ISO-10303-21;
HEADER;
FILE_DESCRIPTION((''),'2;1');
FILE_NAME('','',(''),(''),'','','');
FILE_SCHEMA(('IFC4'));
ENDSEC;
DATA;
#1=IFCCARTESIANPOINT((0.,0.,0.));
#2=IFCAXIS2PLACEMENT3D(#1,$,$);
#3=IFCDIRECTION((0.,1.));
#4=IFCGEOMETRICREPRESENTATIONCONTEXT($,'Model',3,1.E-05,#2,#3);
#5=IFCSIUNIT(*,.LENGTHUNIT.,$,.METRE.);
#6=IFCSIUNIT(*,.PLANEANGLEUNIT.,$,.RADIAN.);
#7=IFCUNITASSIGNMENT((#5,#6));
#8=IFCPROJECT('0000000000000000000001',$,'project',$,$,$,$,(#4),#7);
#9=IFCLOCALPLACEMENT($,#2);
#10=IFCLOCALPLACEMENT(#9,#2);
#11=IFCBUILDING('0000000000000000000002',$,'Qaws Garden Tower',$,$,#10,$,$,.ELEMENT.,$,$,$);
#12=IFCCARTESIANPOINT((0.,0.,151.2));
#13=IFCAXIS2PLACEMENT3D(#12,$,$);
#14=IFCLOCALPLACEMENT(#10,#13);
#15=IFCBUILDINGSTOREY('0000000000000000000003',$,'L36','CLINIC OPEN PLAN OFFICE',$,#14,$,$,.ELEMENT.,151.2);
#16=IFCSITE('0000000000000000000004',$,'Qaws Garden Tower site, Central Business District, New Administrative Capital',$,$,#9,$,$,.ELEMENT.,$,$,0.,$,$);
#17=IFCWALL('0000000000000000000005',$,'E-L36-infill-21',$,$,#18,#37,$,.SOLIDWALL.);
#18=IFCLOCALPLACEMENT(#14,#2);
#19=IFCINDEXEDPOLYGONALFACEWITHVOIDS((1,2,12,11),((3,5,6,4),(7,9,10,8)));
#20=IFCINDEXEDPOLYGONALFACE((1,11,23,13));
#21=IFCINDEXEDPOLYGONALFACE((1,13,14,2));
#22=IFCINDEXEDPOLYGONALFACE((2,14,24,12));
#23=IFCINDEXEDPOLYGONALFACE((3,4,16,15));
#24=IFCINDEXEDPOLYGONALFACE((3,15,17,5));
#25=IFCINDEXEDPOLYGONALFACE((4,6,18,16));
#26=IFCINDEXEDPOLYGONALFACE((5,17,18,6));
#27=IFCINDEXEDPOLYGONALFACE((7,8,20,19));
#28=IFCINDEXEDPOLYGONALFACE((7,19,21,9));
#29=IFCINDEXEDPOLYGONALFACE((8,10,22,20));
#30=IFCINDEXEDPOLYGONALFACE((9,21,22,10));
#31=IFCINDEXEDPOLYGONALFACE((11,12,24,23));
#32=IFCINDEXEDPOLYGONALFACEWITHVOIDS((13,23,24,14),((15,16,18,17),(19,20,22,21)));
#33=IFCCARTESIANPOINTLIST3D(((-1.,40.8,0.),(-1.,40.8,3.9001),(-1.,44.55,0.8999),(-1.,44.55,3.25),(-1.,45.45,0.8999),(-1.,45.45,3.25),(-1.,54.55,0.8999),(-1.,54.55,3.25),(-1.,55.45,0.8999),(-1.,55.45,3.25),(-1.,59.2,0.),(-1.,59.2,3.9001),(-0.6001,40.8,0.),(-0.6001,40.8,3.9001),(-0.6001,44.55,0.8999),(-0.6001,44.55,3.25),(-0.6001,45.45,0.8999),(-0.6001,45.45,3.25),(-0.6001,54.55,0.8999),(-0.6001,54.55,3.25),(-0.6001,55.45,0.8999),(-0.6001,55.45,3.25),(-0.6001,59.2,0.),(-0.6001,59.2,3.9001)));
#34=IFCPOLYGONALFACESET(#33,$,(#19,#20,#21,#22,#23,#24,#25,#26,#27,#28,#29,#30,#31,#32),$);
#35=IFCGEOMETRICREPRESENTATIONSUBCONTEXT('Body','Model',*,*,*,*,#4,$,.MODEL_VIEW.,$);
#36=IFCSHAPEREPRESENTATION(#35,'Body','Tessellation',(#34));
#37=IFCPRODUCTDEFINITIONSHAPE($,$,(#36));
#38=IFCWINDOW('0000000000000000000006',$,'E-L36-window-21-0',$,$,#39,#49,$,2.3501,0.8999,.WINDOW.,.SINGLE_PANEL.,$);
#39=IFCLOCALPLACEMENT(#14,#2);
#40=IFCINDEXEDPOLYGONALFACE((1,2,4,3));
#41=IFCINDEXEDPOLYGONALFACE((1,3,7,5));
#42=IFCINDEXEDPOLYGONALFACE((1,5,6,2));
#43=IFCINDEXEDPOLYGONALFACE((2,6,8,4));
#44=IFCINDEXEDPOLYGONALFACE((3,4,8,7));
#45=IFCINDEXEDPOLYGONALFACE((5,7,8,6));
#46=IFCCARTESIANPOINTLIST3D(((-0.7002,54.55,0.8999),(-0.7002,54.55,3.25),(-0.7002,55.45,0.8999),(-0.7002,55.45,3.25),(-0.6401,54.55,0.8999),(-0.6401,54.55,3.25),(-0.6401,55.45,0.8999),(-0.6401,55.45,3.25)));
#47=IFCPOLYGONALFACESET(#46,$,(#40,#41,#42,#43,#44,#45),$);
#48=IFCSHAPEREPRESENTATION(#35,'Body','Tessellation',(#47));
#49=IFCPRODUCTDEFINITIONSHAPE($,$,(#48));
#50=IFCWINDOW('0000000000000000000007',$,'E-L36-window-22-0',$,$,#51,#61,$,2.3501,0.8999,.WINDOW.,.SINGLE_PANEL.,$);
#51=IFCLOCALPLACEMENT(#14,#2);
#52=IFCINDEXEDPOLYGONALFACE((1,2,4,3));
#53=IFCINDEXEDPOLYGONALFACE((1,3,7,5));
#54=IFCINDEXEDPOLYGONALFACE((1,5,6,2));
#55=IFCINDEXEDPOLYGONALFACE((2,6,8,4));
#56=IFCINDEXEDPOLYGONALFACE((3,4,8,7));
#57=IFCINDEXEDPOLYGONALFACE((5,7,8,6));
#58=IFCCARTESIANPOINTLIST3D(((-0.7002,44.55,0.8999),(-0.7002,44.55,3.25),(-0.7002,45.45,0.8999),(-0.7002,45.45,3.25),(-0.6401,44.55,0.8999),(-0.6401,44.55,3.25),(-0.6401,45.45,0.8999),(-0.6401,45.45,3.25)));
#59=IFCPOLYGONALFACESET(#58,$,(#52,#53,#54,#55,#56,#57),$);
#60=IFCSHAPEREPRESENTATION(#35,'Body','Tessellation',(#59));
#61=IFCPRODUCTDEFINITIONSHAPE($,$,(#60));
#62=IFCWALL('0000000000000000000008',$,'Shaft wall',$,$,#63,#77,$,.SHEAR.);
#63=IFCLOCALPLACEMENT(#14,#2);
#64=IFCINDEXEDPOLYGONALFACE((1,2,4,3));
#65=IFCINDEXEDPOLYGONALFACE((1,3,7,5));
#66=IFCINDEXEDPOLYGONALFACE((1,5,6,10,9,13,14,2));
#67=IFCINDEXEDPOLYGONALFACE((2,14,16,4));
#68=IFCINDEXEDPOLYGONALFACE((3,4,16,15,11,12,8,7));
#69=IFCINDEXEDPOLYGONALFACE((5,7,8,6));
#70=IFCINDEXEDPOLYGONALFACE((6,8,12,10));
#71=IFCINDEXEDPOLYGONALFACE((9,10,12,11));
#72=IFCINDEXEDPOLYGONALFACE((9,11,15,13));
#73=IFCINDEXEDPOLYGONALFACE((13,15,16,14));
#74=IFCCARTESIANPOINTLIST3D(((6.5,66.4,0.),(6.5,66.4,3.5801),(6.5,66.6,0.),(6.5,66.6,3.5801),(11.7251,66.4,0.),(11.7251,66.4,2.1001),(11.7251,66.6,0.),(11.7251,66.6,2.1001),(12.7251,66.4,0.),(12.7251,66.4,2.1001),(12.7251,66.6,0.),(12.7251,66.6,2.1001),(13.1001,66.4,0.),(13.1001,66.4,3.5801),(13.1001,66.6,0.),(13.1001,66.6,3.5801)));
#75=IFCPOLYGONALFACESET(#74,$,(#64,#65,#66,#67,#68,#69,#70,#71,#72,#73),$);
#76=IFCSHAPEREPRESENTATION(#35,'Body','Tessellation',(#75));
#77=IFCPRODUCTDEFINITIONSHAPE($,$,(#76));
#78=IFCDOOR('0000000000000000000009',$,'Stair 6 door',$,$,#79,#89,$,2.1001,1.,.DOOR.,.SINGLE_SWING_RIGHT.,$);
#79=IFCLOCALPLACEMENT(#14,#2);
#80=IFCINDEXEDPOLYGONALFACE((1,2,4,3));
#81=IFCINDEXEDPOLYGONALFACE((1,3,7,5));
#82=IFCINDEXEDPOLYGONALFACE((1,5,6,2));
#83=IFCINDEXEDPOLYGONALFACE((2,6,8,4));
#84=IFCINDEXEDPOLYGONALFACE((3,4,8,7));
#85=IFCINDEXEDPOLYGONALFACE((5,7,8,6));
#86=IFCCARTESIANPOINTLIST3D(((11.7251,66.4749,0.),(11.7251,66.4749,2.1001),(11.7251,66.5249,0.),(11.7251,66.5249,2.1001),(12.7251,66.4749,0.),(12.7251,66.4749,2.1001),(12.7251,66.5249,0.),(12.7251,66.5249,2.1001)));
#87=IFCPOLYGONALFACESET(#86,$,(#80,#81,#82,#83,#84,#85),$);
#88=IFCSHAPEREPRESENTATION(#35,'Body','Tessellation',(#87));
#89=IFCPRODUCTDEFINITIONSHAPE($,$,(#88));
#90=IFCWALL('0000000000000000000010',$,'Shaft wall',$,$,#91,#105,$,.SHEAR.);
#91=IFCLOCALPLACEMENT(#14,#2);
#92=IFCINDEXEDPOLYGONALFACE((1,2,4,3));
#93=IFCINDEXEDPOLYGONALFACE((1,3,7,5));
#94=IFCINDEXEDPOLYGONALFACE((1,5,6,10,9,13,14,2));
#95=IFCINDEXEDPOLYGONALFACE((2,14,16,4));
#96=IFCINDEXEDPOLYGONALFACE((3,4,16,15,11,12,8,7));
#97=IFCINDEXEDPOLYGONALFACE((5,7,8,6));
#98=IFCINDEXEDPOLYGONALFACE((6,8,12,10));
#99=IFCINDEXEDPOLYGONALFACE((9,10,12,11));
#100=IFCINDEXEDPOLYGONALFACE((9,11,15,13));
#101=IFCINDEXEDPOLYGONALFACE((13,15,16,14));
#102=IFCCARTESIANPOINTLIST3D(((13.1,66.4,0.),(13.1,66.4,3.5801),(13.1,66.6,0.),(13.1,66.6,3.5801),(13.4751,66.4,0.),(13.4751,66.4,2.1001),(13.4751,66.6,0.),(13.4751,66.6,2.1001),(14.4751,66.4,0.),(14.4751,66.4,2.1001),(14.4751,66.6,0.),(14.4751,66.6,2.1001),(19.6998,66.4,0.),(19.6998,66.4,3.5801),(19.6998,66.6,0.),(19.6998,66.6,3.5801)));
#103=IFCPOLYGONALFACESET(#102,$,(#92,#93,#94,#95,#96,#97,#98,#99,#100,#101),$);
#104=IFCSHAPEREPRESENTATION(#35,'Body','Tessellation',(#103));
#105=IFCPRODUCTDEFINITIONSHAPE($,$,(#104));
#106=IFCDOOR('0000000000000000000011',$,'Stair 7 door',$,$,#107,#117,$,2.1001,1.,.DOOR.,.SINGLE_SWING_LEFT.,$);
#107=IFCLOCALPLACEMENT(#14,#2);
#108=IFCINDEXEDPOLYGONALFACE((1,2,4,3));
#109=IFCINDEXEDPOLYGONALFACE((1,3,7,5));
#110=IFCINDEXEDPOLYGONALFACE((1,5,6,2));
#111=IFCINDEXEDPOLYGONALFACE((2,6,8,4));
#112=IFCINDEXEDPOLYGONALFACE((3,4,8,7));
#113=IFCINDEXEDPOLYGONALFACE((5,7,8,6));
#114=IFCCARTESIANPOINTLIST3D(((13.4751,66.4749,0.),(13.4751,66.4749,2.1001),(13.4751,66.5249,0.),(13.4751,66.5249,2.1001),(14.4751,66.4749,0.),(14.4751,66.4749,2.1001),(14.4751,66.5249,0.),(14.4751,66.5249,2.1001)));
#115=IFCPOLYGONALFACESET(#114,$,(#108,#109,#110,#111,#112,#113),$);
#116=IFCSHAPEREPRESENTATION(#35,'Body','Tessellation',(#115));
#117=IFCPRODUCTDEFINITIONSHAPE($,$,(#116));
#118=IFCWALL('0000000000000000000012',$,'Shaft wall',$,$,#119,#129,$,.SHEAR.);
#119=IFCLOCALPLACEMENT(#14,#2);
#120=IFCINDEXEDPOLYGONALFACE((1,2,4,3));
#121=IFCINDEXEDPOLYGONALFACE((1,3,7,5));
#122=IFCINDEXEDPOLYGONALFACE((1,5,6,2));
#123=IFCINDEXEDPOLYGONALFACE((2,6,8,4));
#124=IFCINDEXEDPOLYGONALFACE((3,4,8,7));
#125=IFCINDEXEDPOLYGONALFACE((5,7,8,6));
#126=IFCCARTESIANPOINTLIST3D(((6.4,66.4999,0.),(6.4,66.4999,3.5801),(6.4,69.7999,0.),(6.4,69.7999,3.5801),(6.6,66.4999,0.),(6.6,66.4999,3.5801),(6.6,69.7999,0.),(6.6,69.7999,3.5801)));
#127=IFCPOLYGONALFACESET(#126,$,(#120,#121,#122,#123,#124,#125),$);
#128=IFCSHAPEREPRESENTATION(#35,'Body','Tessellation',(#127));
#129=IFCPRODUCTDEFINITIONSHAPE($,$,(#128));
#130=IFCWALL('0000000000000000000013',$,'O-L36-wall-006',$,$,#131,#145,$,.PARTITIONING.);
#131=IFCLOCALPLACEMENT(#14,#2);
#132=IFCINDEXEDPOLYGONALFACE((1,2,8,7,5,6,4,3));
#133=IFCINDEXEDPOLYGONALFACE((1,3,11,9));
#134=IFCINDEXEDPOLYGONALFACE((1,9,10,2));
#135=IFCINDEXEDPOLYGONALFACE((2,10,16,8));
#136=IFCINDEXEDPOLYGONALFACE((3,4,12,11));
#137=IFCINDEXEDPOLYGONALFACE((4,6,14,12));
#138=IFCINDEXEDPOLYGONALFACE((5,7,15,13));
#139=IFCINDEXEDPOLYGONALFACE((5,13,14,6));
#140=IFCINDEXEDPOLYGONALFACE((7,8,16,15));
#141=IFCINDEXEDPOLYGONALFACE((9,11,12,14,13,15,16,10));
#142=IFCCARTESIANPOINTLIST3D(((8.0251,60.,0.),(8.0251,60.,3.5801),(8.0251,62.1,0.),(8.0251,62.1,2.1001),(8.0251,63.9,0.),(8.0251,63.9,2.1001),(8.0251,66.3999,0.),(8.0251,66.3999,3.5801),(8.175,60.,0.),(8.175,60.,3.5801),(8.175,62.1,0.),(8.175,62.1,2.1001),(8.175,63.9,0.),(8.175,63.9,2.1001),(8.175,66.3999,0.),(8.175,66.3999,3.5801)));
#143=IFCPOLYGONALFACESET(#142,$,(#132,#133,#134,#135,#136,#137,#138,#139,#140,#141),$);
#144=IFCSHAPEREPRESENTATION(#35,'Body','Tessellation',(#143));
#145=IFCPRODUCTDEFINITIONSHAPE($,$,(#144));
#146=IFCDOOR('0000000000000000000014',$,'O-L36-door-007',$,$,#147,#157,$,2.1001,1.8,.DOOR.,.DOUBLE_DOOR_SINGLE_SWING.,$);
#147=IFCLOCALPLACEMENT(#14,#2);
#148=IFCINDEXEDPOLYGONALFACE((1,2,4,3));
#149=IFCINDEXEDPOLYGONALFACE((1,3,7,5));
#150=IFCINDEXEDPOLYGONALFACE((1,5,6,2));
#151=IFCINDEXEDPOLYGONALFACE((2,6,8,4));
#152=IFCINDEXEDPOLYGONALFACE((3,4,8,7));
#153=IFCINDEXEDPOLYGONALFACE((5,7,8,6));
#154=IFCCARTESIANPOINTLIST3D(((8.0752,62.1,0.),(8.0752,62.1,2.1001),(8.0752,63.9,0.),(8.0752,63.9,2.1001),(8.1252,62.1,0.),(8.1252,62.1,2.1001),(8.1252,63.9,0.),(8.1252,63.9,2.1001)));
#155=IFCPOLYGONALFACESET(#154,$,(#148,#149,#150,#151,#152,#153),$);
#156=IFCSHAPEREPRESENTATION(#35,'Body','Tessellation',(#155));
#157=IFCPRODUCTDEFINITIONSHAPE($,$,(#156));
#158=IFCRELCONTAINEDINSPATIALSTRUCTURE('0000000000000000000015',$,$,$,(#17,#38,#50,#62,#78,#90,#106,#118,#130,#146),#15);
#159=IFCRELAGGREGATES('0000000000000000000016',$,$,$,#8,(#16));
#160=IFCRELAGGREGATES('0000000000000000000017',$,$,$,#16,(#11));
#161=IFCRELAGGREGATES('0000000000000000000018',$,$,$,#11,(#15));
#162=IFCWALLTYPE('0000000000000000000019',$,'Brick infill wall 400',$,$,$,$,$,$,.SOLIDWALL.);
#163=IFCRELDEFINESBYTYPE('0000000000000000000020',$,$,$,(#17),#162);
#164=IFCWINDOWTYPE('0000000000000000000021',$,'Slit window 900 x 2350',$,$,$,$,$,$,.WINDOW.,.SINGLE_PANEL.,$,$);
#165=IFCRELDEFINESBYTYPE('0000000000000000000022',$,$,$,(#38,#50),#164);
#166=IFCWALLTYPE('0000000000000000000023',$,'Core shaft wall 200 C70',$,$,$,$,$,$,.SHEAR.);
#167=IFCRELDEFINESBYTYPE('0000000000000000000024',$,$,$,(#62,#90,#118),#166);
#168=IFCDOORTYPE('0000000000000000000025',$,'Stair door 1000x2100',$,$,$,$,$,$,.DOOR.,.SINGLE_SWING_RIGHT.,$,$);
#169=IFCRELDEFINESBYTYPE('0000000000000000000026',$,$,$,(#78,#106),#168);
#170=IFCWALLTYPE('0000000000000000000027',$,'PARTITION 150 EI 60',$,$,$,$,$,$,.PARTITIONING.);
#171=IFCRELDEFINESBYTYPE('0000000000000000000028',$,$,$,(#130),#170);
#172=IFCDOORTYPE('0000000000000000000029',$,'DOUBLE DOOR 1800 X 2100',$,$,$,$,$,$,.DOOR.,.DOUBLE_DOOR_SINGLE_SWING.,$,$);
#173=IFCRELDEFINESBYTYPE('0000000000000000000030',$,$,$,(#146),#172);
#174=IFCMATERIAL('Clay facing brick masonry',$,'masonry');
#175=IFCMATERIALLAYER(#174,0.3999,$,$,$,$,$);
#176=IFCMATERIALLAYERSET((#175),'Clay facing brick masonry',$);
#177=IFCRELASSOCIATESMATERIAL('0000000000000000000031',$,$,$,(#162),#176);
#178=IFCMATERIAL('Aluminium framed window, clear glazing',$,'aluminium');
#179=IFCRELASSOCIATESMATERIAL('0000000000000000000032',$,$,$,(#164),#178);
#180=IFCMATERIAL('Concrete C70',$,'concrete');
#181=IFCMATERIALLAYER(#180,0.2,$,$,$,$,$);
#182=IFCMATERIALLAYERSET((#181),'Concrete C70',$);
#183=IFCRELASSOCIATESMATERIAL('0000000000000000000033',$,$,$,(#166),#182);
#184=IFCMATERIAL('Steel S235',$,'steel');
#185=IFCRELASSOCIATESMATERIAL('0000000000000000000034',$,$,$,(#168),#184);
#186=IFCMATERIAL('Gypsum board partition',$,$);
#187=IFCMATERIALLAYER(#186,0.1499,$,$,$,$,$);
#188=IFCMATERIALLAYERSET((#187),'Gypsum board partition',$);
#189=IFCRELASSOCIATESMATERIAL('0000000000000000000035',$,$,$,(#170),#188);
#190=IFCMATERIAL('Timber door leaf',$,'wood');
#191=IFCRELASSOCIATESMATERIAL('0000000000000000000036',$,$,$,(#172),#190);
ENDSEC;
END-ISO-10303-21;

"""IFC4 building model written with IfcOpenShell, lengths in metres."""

from ifc_helpers import new_model, si_unit, direction, frame, frame_2d, origin, place, context, subcontext, project, spatial, rectangle, extrude, material, layer, layer_set, type_object, element, fill, save


model = new_model("IFC4")

# Units and contexts
model_context = context("Model", 3, precision=1e-05, world=origin(), true_north=direction((0.0, 1.0)))
body_context = subcontext(model_context, "Body", "Model", "MODEL_VIEW")
ifc_project = project(units=[si_unit("LENGTHUNIT", "METRE"), si_unit("PLANEANGLEUNIT", "RADIAN")], contexts=[model_context])

# Site, building, storey
site_placement = place(None, origin())
site = spatial("IfcSite", under=ifc_project, at=site_placement, Name="Qaws Garden Tower site, Central Business District, New Administrative Capital", CompositionType="ELEMENT", RefElevation=0.0)
building_placement = place(site_placement, origin())
building = spatial("IfcBuilding", under=site, at=building_placement, Name="Qaws Garden Tower", CompositionType="ELEMENT")
storey_placement = place(building_placement, frame((0.0, 0.0, 151.2)))
storey = spatial("IfcBuildingStorey", under=building, at=storey_placement, Name="L36", Description="CLINIC OPEN PLAN OFFICE", CompositionType="ELEMENT", Elevation=151.2)

# Shared definitions
ifc_material_1 = material(Name="Clay facing brick masonry", Category="masonry")
ifc_layer_1 = layer(ifc_material_1, 0.3999)
ifc_layer_set_1 = layer_set([ifc_layer_1], Name="Clay facing brick masonry")
wall_type_1 = type_object("IfcWallType", Name="Brick infill wall 400", PredefinedType="SOLIDWALL", material=ifc_layer_set_1)

# Wall, openings, windows
wall_1_placement = place(storey_placement, frame((-0.8, 59.2, 0.0), z_axis=(0.0, 0.0, 1.0), x_axis=(0.0, -1.0, 0.0)))
wall_1 = element("IfcWall", 1, at=wall_1_placement, inside=storey, type_object=wall_type_1, Name="E-L36-infill-21", PredefinedType="SOLIDWALL", context=body_context, shape_type="SweptSolid", body=[
    extrude(rectangle(XDim=18.3999, YDim=0.3999, at=frame_2d((9.2, 0.0))), origin(), (0.0, 0.0, 1.0), 3.9001),
])
opening_1_placement = place(wall_1_placement, frame((3.75, 0.0, 0.8999)))
opening_1 = element("IfcOpeningElement", 2, at=opening_1_placement, cuts=wall_1, PredefinedType="OPENING", context=body_context, shape_type="SweptSolid", body=[
    extrude(rectangle(XDim=0.8999, YDim=2.3501, at=frame_2d((0.45, 1.175))), frame((0.0, 0.21, 0.0), z_axis=(0.0, -1.0, 0.0), x_axis=(1.0, 0.0, 0.0)), (0.0, 0.0, 1.0), 0.4199),
])
opening_2_placement = place(wall_1_placement, frame((13.75, 0.0, 0.8999)))
opening_2 = element("IfcOpeningElement", 3, at=opening_2_placement, cuts=wall_1, PredefinedType="OPENING", context=body_context, shape_type="SweptSolid", body=[
    extrude(rectangle(XDim=0.8999, YDim=2.3501, at=frame_2d((0.45, 1.175))), frame((0.0, 0.21, 0.0), z_axis=(0.0, -1.0, 0.0), x_axis=(1.0, 0.0, 0.0)), (0.0, 0.0, 1.0), 0.4199),
])
ifc_material_2 = material(Name="Aluminium framed window, clear glazing", Category="aluminium")
window_type_1 = type_object("IfcWindowType", Name="Slit window 900 x 2350", PartitioningType="SINGLE_PANEL", PredefinedType="WINDOW", material=ifc_material_2)
window_1_placement = place(opening_1_placement, origin())
window_1 = element("IfcWindow", 4, at=window_1_placement, inside=storey, type_object=window_type_1, Name="E-L36-window-21-0", OverallHeight=2.3501, OverallWidth=0.8999, PartitioningType="SINGLE_PANEL", PredefinedType="WINDOW", context=body_context, shape_type="SweptSolid", body=[
    extrude(rectangle(XDim=0.8999, YDim=2.3501, at=frame_2d((0.45, 1.175))), frame((0.0, 0.1599, 0.0), z_axis=(0.0, -1.0, 0.0), x_axis=(1.0, 0.0, 0.0)), (0.0, 0.0, 1.0), 0.0601),
])
fill(opening_1, window_1)
window_2_placement = place(opening_2_placement, origin())
window_2 = element("IfcWindow", 5, at=window_2_placement, inside=storey, type_object=window_type_1, Name="E-L36-window-22-0", OverallHeight=2.3501, OverallWidth=0.8999, PartitioningType="SINGLE_PANEL", PredefinedType="WINDOW", context=body_context, shape_type="SweptSolid", body=[
    extrude(rectangle(XDim=0.8999, YDim=2.3501, at=frame_2d((0.45, 1.175))), frame((0.0, 0.1599, 0.0), z_axis=(0.0, -1.0, 0.0), x_axis=(1.0, 0.0, 0.0)), (0.0, 0.0, 1.0), 0.0601),
])
fill(opening_2, window_2)

# Walls, openings, doors
ifc_material_3 = material(Name="Concrete C70", Category="concrete")
ifc_layer_2 = layer(ifc_material_3, 0.2)
ifc_layer_set_2 = layer_set([ifc_layer_2], Name="Concrete C70")
wall_type_2 = type_object("IfcWallType", Name="Core shaft wall 200 C70", PredefinedType="SHEAR", material=ifc_layer_set_2)
wall_2_placement = place(storey_placement, frame((6.5, 66.5, 0.0), z_axis=(0.0, 0.0, 1.0), x_axis=(1.0, 0.0, 0.0)))
wall_2 = element("IfcWall", 6, at=wall_2_placement, inside=storey, type_object=wall_type_2, Name="Shaft wall", PredefinedType="SHEAR", context=body_context, shape_type="SweptSolid", body=[
    extrude(rectangle(XDim=6.6001, YDim=0.2, at=frame_2d((3.3, 0.0))), origin(), (0.0, 0.0, 1.0), 3.5801),
])
opening_3_placement = place(wall_2_placement, frame((5.2251, 0.0, 0.0)))
opening_3 = element("IfcOpeningElement", 7, at=opening_3_placement, cuts=wall_2, PredefinedType="OPENING", context=body_context, shape_type="SweptSolid", body=[
    extrude(rectangle(XDim=1.0, YDim=2.1001, at=frame_2d((0.5, 1.05))), frame((0.0, 0.1099, 0.0), z_axis=(0.0, -1.0, 0.0), x_axis=(1.0, 0.0, 0.0)), (0.0, 0.0, 1.0), 0.22),
])
ifc_material_4 = material(Name="Steel S235", Category="steel")
door_type_1 = type_object("IfcDoorType", Name="Stair door 1000x2100", OperationType="SINGLE_SWING_RIGHT", PredefinedType="DOOR", material=ifc_material_4)
door_1_placement = place(opening_3_placement, origin())
door_1 = element("IfcDoor", 8, at=door_1_placement, inside=storey, type_object=door_type_1, Name="Stair 6 door", OperationType="SINGLE_SWING_RIGHT", OverallHeight=2.1001, OverallWidth=1.0, PredefinedType="DOOR", context=body_context, shape_type="SweptSolid", body=[
    extrude(rectangle(XDim=1.0, YDim=2.1001, at=frame_2d((0.5, 1.05))), frame((0.0, 0.0249, 0.0), z_axis=(0.0, -1.0, 0.0), x_axis=(1.0, 0.0, 0.0)), (0.0, 0.0, 1.0), 0.05),
])
fill(opening_3, door_1)
wall_3_placement = place(storey_placement, frame((13.1001, 66.5, 0.0), z_axis=(0.0, 0.0, 1.0), x_axis=(1.0, 0.0, 0.0)))
wall_3 = element("IfcWall", 9, at=wall_3_placement, inside=storey, type_object=wall_type_2, Name="Shaft wall", PredefinedType="SHEAR", context=body_context, shape_type="SweptSolid", body=[
    extrude(rectangle(XDim=6.5999, YDim=0.2, at=frame_2d((3.2998, 0.0))), origin(), (0.0, 0.0, 1.0), 3.5801),
])
opening_4_placement = place(wall_3_placement, frame((0.375, 0.0, 0.0)))
opening_4 = element("IfcOpeningElement", 10, at=opening_4_placement, cuts=wall_3, PredefinedType="OPENING", context=body_context, shape_type="SweptSolid", body=[
    extrude(rectangle(XDim=1.0, YDim=2.1001, at=frame_2d((0.5, 1.05))), frame((0.0, 0.1099, 0.0), z_axis=(0.0, -1.0, 0.0), x_axis=(1.0, 0.0, 0.0)), (0.0, 0.0, 1.0), 0.22),
])
door_2_placement = place(opening_4_placement, origin())
door_2 = element("IfcDoor", 11, at=door_2_placement, inside=storey, type_object=door_type_1, Name="Stair 7 door", OperationType="SINGLE_SWING_LEFT", OverallHeight=2.1001, OverallWidth=1.0, PredefinedType="DOOR", context=body_context, shape_type="SweptSolid", body=[
    extrude(rectangle(XDim=1.0, YDim=2.1001, at=frame_2d((0.5, 1.05))), frame((0.0, 0.0249, 0.0), z_axis=(0.0, -1.0, 0.0), x_axis=(1.0, 0.0, 0.0)), (0.0, 0.0, 1.0), 0.05),
])
fill(opening_4, door_2)

# Wall
wall_4_placement = place(storey_placement, frame((6.5, 66.5, 0.0), z_axis=(0.0, 0.0, 1.0), x_axis=(0.0, 1.0, 0.0)))
element("IfcWall", 12, at=wall_4_placement, inside=storey, type_object=wall_type_2, Name="Shaft wall", PredefinedType="SHEAR", context=body_context, shape_type="SweptSolid", body=[
    extrude(rectangle(XDim=3.3, YDim=0.2, at=frame_2d((1.6499, 0.0))), origin(), (0.0, 0.0, 1.0), 3.5801),
])

# Wall, opening, door
ifc_material_5 = material(Name="Gypsum board partition")
ifc_layer_3 = layer(ifc_material_5, 0.1499)
ifc_layer_set_3 = layer_set([ifc_layer_3], Name="Gypsum board partition")
wall_type_3 = type_object("IfcWallType", Name="PARTITION 150 EI 60", PredefinedType="PARTITIONING", material=ifc_layer_set_3)
wall_5_placement = place(storey_placement, frame((8.1001, 60.0, 0.0), z_axis=(0.0, 0.0, 1.0), x_axis=(0.0, 1.0, 0.0)))
wall_5 = element("IfcWall", 13, at=wall_5_placement, inside=storey, type_object=wall_type_3, Name="O-L36-wall-006", PredefinedType="PARTITIONING", context=body_context, shape_type="SweptSolid", body=[
    extrude(rectangle(XDim=6.3999, YDim=0.1499, at=frame_2d((3.2, 0.0))), origin(), (0.0, 0.0, 1.0), 3.5801),
])
opening_5_placement = place(wall_5_placement, frame((2.1001, 0.0, 0.0)))
opening_5 = element("IfcOpeningElement", 14, at=opening_5_placement, cuts=wall_5, PredefinedType="OPENING", context=body_context, shape_type="SweptSolid", body=[
    extrude(rectangle(XDim=1.8, YDim=2.1001, at=frame_2d((0.8999, 1.05))), frame((0.0, 0.085, 0.0), z_axis=(0.0, -1.0, 0.0), x_axis=(1.0, 0.0, 0.0)), (0.0, 0.0, 1.0), 0.1699),
])
ifc_material_6 = material(Name="Timber door leaf", Category="wood")
door_type_2 = type_object("IfcDoorType", Name="DOUBLE DOOR 1800 X 2100", OperationType="DOUBLE_DOOR_SINGLE_SWING", PredefinedType="DOOR", material=ifc_material_6)
door_3_placement = place(opening_5_placement, origin())
door_3 = element("IfcDoor", 15, at=door_3_placement, inside=storey, type_object=door_type_2, Name="O-L36-door-007", OperationType="DOUBLE_DOOR_SINGLE_SWING", OverallHeight=2.1001, OverallWidth=1.8, PredefinedType="DOOR", context=body_context, shape_type="SweptSolid", body=[
    extrude(rectangle(XDim=1.8, YDim=2.1001, at=frame_2d((0.8999, 1.05))), frame((0.0, 0.0249, 0.0), z_axis=(0.0, -1.0, 0.0), x_axis=(1.0, 0.0, 0.0)), (0.0, 0.0, 1.0), 0.05),
])
fill(opening_5, door_3)

save(model, "model.ifc")
